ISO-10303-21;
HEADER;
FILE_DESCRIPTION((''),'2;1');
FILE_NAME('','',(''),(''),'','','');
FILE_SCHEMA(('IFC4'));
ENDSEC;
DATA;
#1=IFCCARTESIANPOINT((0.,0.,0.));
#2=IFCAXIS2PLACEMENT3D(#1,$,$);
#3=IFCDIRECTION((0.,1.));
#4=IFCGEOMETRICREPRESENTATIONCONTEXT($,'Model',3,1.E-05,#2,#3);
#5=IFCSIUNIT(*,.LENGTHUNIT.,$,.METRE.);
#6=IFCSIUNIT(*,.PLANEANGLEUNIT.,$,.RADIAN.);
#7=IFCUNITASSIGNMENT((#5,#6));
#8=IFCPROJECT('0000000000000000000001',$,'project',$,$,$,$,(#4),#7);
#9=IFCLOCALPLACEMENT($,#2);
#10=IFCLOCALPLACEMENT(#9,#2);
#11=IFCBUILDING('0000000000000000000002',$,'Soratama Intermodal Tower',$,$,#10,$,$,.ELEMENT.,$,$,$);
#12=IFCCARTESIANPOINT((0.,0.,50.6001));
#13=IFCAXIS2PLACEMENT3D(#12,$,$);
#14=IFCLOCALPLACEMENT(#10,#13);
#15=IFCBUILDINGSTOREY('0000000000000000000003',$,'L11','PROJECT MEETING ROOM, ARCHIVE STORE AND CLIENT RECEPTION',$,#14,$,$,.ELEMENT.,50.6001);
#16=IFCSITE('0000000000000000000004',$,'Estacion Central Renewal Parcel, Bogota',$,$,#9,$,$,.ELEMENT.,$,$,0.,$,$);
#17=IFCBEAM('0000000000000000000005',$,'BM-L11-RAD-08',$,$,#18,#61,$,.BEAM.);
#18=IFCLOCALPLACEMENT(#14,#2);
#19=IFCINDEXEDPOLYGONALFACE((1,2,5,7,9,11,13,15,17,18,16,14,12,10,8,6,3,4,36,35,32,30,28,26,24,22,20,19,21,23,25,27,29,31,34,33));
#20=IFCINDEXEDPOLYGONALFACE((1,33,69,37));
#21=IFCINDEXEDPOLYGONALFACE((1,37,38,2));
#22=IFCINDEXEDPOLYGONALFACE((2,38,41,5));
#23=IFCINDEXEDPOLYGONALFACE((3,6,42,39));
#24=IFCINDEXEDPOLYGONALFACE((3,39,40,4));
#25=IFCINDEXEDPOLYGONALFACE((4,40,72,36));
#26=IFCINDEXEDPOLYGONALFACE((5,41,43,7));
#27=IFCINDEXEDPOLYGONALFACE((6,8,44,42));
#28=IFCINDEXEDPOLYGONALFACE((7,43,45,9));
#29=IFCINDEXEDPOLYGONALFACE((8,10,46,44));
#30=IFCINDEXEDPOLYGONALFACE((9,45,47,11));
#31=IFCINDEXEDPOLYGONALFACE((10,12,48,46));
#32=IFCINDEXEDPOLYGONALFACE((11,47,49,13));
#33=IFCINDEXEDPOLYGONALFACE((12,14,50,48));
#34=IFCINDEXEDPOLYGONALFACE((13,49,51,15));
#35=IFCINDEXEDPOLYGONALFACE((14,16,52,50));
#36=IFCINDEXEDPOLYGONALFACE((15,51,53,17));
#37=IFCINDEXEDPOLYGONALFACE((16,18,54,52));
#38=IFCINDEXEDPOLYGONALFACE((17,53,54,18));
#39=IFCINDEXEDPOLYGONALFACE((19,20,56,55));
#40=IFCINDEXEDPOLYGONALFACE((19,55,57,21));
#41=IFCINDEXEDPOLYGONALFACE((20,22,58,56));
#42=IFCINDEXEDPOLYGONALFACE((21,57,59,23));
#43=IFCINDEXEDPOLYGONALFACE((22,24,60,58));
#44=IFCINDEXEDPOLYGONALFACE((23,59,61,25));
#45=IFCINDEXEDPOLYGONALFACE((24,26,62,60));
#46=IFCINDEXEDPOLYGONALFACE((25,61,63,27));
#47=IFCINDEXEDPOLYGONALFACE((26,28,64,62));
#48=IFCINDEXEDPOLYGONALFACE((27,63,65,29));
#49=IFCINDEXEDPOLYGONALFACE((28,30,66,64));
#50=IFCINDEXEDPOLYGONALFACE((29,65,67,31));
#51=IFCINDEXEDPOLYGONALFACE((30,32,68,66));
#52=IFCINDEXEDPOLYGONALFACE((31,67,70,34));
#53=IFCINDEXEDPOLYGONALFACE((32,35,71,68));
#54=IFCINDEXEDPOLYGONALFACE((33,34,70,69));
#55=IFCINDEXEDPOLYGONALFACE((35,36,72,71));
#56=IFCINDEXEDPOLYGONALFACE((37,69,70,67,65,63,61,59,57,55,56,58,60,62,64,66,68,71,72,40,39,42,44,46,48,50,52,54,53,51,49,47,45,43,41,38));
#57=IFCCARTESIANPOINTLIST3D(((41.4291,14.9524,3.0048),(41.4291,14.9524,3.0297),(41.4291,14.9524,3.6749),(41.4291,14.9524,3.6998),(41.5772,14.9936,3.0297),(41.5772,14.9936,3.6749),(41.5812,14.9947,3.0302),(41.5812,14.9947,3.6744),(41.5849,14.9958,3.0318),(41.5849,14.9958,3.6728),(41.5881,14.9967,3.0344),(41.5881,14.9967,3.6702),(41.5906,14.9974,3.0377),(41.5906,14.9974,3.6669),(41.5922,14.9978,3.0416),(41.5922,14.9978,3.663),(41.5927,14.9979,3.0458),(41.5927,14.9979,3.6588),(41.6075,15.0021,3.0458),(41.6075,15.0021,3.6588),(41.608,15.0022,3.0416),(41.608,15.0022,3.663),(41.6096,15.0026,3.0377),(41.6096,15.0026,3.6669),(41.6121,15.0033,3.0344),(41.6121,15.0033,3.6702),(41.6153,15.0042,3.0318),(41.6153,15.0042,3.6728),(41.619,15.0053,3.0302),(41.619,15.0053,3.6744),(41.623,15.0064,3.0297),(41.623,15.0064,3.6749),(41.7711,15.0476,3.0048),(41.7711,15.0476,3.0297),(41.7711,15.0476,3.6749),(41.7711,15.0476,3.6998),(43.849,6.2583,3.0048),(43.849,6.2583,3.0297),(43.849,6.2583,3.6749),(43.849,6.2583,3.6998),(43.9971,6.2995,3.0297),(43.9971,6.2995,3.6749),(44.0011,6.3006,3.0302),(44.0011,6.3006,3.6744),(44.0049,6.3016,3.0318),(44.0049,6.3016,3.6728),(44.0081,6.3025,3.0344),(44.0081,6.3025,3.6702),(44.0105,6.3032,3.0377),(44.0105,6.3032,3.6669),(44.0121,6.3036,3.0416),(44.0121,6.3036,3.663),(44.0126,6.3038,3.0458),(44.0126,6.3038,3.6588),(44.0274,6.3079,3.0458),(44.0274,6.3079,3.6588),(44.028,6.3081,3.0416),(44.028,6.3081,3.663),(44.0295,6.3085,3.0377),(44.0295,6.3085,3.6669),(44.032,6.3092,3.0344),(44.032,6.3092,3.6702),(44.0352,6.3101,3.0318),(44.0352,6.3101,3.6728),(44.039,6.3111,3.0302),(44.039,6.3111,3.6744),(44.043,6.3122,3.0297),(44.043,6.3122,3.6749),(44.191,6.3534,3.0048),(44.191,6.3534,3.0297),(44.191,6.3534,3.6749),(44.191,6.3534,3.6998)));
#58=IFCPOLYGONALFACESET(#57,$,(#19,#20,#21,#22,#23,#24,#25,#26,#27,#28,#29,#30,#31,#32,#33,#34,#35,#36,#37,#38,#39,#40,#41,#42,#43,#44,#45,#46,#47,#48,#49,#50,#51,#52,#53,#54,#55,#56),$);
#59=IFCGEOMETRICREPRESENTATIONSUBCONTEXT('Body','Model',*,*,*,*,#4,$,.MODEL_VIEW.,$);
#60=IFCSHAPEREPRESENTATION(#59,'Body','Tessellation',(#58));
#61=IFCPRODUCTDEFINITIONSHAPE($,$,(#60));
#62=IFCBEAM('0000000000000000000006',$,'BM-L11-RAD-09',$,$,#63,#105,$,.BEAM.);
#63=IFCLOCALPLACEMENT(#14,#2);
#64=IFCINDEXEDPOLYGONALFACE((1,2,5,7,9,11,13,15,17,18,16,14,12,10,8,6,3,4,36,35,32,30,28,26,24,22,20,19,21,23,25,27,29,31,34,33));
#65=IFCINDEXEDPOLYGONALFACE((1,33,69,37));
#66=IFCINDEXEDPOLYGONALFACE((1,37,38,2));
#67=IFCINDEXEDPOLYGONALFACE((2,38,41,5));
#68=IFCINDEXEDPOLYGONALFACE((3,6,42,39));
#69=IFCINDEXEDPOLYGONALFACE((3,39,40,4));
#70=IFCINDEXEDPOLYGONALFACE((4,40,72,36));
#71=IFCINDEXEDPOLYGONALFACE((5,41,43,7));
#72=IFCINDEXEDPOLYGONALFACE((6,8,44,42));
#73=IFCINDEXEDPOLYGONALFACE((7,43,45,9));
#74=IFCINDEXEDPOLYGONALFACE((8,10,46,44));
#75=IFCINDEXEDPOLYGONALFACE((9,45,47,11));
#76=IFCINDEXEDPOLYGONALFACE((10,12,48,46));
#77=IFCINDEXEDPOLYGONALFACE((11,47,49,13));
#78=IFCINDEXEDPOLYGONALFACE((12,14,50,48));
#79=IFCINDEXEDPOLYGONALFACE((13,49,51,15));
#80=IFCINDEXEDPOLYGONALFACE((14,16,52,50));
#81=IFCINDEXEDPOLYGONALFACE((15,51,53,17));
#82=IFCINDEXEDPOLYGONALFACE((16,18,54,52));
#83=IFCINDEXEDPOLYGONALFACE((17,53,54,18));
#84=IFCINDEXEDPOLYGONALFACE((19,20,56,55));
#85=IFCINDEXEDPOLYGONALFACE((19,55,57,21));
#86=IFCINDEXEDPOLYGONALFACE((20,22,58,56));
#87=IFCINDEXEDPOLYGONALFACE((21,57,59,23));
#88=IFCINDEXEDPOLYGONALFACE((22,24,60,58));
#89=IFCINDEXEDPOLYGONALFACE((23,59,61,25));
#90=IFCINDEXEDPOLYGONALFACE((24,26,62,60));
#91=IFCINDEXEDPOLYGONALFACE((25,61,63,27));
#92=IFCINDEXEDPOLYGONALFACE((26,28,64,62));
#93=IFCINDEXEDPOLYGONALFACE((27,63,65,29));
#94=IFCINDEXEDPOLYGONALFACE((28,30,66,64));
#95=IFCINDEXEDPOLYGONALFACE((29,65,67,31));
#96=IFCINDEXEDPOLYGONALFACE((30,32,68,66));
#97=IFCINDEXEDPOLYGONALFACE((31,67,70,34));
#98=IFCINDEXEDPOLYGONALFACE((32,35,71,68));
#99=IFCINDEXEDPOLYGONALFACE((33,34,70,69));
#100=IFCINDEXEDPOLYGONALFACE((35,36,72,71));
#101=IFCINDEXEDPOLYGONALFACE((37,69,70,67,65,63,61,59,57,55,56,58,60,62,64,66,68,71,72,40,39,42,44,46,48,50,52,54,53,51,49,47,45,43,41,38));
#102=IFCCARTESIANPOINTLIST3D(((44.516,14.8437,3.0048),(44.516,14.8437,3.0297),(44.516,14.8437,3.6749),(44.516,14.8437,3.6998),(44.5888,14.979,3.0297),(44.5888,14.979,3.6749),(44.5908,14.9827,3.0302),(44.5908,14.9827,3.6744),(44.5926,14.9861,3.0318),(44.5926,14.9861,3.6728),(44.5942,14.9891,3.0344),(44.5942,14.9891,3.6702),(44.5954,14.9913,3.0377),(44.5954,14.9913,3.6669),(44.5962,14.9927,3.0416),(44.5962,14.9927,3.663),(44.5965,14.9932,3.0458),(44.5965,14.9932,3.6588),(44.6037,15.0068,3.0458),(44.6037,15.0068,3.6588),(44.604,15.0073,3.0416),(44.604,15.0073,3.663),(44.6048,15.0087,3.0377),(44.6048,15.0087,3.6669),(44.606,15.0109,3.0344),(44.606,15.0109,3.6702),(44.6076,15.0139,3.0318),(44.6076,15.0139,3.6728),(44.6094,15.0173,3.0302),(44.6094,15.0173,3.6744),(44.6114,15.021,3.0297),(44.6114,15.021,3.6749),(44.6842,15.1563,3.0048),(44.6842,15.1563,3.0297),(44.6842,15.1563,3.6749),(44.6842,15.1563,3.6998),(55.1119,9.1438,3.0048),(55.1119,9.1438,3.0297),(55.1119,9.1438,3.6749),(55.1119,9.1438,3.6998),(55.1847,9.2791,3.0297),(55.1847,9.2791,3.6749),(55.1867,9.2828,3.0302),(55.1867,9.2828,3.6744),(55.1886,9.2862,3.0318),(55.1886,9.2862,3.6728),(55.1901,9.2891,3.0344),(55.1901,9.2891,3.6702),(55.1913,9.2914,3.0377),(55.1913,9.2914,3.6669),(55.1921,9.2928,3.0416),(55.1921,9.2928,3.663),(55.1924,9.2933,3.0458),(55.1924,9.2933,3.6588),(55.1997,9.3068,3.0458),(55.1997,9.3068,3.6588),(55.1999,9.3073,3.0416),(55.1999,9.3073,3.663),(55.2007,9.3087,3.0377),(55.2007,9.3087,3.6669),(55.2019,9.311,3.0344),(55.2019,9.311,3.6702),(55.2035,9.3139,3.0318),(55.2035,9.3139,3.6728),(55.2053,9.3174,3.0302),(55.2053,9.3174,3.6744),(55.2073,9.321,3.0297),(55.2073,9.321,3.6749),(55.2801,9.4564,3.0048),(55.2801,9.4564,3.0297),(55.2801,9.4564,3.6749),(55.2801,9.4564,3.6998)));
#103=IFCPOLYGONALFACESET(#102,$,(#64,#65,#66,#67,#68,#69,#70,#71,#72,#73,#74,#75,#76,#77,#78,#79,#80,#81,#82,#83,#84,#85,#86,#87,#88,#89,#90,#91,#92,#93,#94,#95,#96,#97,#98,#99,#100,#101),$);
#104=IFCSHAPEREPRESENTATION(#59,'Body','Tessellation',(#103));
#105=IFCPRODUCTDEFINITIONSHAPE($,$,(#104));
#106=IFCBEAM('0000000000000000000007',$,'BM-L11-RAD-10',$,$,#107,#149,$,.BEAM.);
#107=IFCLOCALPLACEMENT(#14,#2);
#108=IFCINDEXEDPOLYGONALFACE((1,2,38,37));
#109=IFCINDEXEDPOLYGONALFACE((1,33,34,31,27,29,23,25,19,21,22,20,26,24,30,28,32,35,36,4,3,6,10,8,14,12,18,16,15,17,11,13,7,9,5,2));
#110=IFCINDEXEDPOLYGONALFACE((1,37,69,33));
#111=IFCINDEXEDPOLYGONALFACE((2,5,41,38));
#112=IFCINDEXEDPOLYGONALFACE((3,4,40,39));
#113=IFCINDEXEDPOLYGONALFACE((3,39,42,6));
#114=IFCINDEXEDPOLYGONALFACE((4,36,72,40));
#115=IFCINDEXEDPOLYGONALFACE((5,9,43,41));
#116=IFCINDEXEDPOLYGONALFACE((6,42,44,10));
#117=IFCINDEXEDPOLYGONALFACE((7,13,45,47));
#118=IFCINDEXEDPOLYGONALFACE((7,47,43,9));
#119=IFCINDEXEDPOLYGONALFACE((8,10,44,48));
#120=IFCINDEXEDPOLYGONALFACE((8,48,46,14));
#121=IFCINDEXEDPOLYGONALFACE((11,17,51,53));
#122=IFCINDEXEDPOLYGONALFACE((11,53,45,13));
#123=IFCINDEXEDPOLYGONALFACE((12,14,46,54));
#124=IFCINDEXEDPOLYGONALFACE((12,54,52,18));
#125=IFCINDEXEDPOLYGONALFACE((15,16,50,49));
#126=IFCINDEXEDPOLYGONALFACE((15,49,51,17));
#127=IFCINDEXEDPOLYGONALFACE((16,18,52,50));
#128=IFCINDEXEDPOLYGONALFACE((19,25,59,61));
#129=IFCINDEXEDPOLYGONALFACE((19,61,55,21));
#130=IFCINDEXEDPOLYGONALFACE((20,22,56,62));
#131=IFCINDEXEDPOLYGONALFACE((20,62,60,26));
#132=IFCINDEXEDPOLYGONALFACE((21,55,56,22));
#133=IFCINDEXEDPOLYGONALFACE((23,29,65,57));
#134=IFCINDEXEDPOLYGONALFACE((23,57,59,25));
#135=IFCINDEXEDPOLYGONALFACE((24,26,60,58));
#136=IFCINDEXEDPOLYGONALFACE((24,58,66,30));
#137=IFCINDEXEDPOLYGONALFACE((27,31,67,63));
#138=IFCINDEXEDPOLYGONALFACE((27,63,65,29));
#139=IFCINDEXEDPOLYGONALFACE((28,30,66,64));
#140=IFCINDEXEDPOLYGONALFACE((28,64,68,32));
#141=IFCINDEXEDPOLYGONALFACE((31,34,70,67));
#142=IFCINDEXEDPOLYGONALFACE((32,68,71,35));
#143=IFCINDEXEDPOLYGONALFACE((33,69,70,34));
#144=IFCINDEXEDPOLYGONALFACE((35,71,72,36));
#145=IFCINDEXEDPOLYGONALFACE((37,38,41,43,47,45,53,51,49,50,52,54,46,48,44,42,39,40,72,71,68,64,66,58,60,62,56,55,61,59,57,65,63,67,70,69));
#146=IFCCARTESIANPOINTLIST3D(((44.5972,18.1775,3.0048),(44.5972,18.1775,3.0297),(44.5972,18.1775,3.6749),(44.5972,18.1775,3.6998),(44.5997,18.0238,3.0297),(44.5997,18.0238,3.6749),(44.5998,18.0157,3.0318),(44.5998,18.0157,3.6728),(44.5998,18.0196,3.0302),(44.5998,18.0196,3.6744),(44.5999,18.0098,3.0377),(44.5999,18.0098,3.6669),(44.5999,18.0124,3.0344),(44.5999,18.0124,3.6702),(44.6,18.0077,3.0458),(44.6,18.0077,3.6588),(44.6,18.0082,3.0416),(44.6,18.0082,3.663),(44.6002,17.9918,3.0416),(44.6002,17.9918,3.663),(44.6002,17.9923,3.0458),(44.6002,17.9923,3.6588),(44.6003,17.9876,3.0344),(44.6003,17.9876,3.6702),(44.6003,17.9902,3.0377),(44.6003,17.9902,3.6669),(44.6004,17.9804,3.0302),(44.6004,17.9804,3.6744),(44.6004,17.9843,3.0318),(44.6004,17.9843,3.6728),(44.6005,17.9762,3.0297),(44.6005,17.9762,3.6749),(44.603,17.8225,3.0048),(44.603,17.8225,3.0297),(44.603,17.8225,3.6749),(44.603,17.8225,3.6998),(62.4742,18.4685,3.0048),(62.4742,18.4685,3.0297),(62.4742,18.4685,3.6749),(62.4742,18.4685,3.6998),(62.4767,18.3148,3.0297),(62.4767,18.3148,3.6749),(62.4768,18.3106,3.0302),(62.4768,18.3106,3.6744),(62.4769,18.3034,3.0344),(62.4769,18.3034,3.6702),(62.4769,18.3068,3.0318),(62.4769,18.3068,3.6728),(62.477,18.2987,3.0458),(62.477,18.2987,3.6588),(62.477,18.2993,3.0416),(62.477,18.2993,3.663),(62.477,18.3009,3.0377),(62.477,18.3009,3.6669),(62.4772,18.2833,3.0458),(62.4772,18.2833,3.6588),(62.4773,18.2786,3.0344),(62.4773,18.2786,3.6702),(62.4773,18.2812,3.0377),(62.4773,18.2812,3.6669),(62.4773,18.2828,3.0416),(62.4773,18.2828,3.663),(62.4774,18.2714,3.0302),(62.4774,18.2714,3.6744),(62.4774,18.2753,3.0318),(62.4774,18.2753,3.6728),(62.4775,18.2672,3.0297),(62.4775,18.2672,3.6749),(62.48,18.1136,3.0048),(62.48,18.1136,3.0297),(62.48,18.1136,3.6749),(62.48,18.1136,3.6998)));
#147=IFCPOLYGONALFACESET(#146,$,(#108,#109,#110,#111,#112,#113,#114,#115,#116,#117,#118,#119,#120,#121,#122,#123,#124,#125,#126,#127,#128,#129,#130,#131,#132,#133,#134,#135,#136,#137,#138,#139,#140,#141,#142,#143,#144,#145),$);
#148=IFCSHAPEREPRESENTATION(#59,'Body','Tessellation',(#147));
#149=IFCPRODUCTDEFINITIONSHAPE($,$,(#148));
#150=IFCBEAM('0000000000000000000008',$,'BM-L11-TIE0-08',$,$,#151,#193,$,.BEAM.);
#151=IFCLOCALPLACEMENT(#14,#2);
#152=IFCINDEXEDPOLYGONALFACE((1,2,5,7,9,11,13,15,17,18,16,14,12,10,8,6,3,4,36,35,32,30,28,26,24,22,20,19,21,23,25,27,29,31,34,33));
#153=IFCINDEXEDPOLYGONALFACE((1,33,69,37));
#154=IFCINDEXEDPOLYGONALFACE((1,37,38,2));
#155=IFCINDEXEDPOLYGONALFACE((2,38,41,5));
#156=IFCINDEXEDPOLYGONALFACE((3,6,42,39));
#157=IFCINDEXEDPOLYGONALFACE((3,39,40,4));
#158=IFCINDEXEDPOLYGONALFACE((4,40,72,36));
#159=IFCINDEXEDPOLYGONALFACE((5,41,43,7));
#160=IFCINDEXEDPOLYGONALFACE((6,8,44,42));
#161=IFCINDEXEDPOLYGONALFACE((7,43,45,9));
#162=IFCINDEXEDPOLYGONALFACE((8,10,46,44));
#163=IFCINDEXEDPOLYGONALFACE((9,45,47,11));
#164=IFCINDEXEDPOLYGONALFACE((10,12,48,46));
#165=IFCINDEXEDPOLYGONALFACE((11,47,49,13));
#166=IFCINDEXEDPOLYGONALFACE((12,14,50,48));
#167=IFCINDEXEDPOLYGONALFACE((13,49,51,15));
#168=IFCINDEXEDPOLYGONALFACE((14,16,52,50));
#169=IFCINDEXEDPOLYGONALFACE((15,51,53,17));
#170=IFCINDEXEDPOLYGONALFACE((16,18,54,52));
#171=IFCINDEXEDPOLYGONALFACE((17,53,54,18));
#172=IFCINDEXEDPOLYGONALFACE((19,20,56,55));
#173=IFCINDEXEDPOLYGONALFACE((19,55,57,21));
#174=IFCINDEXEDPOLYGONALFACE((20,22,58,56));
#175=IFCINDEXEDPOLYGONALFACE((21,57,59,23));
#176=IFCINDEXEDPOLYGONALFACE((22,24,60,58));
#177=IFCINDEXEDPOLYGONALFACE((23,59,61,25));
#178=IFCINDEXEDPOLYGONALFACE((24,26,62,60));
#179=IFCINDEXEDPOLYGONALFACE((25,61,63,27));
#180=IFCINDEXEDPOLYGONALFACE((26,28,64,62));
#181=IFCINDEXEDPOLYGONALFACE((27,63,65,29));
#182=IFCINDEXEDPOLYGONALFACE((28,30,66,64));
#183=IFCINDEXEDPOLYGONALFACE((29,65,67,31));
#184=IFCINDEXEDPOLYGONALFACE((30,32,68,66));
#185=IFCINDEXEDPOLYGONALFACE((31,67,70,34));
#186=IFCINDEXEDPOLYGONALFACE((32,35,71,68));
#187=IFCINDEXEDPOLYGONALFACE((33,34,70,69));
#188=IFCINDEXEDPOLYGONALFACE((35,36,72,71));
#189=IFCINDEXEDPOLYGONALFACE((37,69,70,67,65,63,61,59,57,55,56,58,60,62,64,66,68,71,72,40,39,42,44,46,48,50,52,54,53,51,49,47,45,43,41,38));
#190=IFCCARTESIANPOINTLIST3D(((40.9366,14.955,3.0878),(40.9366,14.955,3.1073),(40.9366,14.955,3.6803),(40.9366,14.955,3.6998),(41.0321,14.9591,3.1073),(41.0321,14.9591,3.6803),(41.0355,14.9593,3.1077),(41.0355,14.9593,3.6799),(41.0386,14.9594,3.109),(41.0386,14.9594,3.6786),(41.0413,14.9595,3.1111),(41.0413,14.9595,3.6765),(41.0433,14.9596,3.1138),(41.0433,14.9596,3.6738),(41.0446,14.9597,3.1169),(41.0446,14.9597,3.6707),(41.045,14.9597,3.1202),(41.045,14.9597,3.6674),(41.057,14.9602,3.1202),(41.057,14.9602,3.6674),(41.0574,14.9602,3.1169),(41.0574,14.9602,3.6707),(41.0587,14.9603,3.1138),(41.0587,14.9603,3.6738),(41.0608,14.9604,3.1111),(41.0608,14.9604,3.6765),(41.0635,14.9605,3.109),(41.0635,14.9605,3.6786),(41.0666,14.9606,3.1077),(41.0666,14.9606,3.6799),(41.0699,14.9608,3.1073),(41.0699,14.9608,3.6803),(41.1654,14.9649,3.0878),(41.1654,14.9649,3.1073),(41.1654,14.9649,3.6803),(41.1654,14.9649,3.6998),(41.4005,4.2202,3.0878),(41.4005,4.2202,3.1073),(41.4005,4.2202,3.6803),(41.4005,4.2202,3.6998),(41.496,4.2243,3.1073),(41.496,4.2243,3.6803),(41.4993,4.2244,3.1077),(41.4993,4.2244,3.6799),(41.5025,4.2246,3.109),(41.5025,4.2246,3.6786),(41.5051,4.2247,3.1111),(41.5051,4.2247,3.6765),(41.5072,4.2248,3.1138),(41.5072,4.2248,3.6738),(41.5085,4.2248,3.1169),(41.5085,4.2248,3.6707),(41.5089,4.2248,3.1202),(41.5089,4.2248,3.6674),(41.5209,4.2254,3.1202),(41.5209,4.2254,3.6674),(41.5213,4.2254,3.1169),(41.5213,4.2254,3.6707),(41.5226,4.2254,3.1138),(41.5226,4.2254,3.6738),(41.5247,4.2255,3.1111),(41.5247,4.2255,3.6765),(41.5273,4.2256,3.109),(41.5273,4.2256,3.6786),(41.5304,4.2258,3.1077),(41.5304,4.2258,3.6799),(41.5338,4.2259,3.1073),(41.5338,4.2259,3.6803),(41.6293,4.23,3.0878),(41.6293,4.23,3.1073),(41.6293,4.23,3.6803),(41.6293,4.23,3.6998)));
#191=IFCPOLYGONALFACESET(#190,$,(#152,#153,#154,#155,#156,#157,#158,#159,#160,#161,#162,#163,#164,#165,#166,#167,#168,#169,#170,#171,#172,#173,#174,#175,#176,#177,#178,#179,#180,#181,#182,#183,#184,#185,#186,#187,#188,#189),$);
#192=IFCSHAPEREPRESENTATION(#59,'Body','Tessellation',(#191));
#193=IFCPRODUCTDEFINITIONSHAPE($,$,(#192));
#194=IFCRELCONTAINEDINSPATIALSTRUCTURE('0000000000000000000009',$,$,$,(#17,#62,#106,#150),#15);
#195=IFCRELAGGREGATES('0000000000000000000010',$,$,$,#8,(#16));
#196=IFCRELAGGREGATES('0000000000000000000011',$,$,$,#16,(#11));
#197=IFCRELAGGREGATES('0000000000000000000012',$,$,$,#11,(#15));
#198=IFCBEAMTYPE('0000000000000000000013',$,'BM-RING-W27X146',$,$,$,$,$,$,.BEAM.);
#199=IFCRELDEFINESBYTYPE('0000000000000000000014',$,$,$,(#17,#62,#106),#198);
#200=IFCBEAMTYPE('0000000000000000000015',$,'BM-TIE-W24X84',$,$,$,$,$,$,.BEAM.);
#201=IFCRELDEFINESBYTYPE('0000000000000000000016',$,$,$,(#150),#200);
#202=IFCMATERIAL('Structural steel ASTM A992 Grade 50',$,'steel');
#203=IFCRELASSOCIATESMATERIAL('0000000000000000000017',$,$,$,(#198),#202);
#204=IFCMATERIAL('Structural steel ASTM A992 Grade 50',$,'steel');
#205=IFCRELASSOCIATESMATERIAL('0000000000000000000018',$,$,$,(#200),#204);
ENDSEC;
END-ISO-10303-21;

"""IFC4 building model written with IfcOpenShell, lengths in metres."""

from ifc_helpers import new_model, si_unit, direction, frame, origin, origin_2d, place, context, subcontext, project, spatial, i_section, extrude, material, material_profile, profile_set, type_object, element, save


model = new_model("IFC4")

# Units and contexts
model_context = context("Model", 3, precision=1e-05, world=origin(), true_north=direction((0.0, 1.0)))
body_context = subcontext(model_context, "Body", "Model", "MODEL_VIEW")
ifc_project = project(units=[si_unit("LENGTHUNIT", "METRE"), si_unit("PLANEANGLEUNIT", "RADIAN")], contexts=[model_context])

# Site, building, storey
site_placement = place(None, origin())
site = spatial("IfcSite", under=ifc_project, at=site_placement, Name="Estacion Central Renewal Parcel, Bogota", CompositionType="ELEMENT", RefElevation=0.0)
building_placement = place(site_placement, origin())
building = spatial("IfcBuilding", under=site, at=building_placement, Name="Soratama Intermodal Tower", CompositionType="ELEMENT")
storey_placement = place(building_placement, frame((0.0, 0.0, 50.6001)))
storey = spatial("IfcBuildingStorey", under=building, at=storey_placement, Name="L11", Description="PROJECT MEETING ROOM, ARCHIVE STORE AND CLIENT RECEPTION", CompositionType="ELEMENT", Elevation=50.6001)

# Beams
ifc_material_1 = material(Name="Structural steel ASTM A992 Grade 50", Category="steel")
ifc_material_profile_1 = material_profile(ifc_material_1, i_section(OverallWidth=0.355, OverallDepth=0.6951, WebThickness=0.0154, FlangeThickness=0.0249, FilletRadius=0.0161, at=origin_2d()), Name="W27X146")
ifc_profile_set_1 = profile_set([ifc_material_profile_1], Name="Structural steel ASTM A992 Grade 50")
beam_type_1 = type_object("IfcBeamType", Name="BM-RING-W27X146", PredefinedType="BEAM", material=ifc_profile_set_1)
beam_1_placement = place(storey_placement, frame((41.6001, 15.0, 3.3523), z_axis=(0.268148, -0.963378, 0.0), x_axis=(0.963378, 0.268148, 0.0)))
element("IfcBeam", 1, at=beam_1_placement, inside=storey, type_object=beam_type_1, Name="BM-L11-RAD-08", PredefinedType="BEAM", context=body_context, shape_type="SweptSolid", body=[
    extrude(i_section(OverallWidth=0.355, OverallDepth=0.6951, WebThickness=0.0154, FlangeThickness=0.0249, FilletRadius=0.0161, at=origin_2d()), origin(), (0.0, 0.0, 1.0), 9.0247),
])
beam_2_placement = place(storey_placement, frame((44.6001, 15.0, 3.3523), z_axis=(0.880664, -0.473742, 0.0), x_axis=(0.473742, 0.880664, 0.0)))
element("IfcBeam", 2, at=beam_2_placement, inside=storey, type_object=beam_type_1, Name="BM-L11-RAD-09", PredefinedType="BEAM", context=body_context, shape_type="SweptSolid", body=[
    extrude(i_section(OverallWidth=0.355, OverallDepth=0.6951, WebThickness=0.0154, FlangeThickness=0.0249, FilletRadius=0.0161, at=origin_2d()), origin(), (0.0, 0.0, 1.0), 12.0317),
])
beam_3_placement = place(storey_placement, frame((44.6001, 18.0, 3.3523), z_axis=(0.999868, 0.016277, 0.0), x_axis=(-0.016277, 0.999868, 0.0)))
element("IfcBeam", 3, at=beam_3_placement, inside=storey, type_object=beam_type_1, Name="BM-L11-RAD-10", PredefinedType="BEAM", context=body_context, shape_type="SweptSolid", body=[
    extrude(i_section(OverallWidth=0.355, OverallDepth=0.6951, WebThickness=0.0154, FlangeThickness=0.0249, FilletRadius=0.0161, at=origin_2d()), origin(), (0.0, 0.0, 1.0), 17.8794),
])
ifc_material_2 = material(Name="Structural steel ASTM A992 Grade 50", Category="steel")
ifc_material_profile_2 = material_profile(ifc_material_2, i_section(OverallWidth=0.229, OverallDepth=0.6121, WebThickness=0.012, FlangeThickness=0.0195, FilletRadius=0.0129, at=origin_2d()), Name="W24X84")
ifc_profile_set_2 = profile_set([ifc_material_profile_2], Name="Structural steel ASTM A992 Grade 50")
beam_type_2 = type_object("IfcBeamType", Name="BM-TIE-W24X84", PredefinedType="BEAM", material=ifc_profile_set_2)
beam_4_placement = place(storey_placement, frame((41.051, 14.96, 3.3938), z_axis=(0.043171, -0.999068, 0.0), x_axis=(0.999068, 0.043171, 0.0)))
element("IfcBeam", 4, at=beam_4_placement, inside=storey, type_object=beam_type_2, Name="BM-L11-TIE0-08", PredefinedType="BEAM", context=body_context, shape_type="SweptSolid", body=[
    extrude(i_section(OverallWidth=0.229, OverallDepth=0.6121, WebThickness=0.012, FlangeThickness=0.0195, FilletRadius=0.0129, at=origin_2d()), origin(), (0.0, 0.0, 1.0), 10.7449),
])

save(model, "model.ifc")
